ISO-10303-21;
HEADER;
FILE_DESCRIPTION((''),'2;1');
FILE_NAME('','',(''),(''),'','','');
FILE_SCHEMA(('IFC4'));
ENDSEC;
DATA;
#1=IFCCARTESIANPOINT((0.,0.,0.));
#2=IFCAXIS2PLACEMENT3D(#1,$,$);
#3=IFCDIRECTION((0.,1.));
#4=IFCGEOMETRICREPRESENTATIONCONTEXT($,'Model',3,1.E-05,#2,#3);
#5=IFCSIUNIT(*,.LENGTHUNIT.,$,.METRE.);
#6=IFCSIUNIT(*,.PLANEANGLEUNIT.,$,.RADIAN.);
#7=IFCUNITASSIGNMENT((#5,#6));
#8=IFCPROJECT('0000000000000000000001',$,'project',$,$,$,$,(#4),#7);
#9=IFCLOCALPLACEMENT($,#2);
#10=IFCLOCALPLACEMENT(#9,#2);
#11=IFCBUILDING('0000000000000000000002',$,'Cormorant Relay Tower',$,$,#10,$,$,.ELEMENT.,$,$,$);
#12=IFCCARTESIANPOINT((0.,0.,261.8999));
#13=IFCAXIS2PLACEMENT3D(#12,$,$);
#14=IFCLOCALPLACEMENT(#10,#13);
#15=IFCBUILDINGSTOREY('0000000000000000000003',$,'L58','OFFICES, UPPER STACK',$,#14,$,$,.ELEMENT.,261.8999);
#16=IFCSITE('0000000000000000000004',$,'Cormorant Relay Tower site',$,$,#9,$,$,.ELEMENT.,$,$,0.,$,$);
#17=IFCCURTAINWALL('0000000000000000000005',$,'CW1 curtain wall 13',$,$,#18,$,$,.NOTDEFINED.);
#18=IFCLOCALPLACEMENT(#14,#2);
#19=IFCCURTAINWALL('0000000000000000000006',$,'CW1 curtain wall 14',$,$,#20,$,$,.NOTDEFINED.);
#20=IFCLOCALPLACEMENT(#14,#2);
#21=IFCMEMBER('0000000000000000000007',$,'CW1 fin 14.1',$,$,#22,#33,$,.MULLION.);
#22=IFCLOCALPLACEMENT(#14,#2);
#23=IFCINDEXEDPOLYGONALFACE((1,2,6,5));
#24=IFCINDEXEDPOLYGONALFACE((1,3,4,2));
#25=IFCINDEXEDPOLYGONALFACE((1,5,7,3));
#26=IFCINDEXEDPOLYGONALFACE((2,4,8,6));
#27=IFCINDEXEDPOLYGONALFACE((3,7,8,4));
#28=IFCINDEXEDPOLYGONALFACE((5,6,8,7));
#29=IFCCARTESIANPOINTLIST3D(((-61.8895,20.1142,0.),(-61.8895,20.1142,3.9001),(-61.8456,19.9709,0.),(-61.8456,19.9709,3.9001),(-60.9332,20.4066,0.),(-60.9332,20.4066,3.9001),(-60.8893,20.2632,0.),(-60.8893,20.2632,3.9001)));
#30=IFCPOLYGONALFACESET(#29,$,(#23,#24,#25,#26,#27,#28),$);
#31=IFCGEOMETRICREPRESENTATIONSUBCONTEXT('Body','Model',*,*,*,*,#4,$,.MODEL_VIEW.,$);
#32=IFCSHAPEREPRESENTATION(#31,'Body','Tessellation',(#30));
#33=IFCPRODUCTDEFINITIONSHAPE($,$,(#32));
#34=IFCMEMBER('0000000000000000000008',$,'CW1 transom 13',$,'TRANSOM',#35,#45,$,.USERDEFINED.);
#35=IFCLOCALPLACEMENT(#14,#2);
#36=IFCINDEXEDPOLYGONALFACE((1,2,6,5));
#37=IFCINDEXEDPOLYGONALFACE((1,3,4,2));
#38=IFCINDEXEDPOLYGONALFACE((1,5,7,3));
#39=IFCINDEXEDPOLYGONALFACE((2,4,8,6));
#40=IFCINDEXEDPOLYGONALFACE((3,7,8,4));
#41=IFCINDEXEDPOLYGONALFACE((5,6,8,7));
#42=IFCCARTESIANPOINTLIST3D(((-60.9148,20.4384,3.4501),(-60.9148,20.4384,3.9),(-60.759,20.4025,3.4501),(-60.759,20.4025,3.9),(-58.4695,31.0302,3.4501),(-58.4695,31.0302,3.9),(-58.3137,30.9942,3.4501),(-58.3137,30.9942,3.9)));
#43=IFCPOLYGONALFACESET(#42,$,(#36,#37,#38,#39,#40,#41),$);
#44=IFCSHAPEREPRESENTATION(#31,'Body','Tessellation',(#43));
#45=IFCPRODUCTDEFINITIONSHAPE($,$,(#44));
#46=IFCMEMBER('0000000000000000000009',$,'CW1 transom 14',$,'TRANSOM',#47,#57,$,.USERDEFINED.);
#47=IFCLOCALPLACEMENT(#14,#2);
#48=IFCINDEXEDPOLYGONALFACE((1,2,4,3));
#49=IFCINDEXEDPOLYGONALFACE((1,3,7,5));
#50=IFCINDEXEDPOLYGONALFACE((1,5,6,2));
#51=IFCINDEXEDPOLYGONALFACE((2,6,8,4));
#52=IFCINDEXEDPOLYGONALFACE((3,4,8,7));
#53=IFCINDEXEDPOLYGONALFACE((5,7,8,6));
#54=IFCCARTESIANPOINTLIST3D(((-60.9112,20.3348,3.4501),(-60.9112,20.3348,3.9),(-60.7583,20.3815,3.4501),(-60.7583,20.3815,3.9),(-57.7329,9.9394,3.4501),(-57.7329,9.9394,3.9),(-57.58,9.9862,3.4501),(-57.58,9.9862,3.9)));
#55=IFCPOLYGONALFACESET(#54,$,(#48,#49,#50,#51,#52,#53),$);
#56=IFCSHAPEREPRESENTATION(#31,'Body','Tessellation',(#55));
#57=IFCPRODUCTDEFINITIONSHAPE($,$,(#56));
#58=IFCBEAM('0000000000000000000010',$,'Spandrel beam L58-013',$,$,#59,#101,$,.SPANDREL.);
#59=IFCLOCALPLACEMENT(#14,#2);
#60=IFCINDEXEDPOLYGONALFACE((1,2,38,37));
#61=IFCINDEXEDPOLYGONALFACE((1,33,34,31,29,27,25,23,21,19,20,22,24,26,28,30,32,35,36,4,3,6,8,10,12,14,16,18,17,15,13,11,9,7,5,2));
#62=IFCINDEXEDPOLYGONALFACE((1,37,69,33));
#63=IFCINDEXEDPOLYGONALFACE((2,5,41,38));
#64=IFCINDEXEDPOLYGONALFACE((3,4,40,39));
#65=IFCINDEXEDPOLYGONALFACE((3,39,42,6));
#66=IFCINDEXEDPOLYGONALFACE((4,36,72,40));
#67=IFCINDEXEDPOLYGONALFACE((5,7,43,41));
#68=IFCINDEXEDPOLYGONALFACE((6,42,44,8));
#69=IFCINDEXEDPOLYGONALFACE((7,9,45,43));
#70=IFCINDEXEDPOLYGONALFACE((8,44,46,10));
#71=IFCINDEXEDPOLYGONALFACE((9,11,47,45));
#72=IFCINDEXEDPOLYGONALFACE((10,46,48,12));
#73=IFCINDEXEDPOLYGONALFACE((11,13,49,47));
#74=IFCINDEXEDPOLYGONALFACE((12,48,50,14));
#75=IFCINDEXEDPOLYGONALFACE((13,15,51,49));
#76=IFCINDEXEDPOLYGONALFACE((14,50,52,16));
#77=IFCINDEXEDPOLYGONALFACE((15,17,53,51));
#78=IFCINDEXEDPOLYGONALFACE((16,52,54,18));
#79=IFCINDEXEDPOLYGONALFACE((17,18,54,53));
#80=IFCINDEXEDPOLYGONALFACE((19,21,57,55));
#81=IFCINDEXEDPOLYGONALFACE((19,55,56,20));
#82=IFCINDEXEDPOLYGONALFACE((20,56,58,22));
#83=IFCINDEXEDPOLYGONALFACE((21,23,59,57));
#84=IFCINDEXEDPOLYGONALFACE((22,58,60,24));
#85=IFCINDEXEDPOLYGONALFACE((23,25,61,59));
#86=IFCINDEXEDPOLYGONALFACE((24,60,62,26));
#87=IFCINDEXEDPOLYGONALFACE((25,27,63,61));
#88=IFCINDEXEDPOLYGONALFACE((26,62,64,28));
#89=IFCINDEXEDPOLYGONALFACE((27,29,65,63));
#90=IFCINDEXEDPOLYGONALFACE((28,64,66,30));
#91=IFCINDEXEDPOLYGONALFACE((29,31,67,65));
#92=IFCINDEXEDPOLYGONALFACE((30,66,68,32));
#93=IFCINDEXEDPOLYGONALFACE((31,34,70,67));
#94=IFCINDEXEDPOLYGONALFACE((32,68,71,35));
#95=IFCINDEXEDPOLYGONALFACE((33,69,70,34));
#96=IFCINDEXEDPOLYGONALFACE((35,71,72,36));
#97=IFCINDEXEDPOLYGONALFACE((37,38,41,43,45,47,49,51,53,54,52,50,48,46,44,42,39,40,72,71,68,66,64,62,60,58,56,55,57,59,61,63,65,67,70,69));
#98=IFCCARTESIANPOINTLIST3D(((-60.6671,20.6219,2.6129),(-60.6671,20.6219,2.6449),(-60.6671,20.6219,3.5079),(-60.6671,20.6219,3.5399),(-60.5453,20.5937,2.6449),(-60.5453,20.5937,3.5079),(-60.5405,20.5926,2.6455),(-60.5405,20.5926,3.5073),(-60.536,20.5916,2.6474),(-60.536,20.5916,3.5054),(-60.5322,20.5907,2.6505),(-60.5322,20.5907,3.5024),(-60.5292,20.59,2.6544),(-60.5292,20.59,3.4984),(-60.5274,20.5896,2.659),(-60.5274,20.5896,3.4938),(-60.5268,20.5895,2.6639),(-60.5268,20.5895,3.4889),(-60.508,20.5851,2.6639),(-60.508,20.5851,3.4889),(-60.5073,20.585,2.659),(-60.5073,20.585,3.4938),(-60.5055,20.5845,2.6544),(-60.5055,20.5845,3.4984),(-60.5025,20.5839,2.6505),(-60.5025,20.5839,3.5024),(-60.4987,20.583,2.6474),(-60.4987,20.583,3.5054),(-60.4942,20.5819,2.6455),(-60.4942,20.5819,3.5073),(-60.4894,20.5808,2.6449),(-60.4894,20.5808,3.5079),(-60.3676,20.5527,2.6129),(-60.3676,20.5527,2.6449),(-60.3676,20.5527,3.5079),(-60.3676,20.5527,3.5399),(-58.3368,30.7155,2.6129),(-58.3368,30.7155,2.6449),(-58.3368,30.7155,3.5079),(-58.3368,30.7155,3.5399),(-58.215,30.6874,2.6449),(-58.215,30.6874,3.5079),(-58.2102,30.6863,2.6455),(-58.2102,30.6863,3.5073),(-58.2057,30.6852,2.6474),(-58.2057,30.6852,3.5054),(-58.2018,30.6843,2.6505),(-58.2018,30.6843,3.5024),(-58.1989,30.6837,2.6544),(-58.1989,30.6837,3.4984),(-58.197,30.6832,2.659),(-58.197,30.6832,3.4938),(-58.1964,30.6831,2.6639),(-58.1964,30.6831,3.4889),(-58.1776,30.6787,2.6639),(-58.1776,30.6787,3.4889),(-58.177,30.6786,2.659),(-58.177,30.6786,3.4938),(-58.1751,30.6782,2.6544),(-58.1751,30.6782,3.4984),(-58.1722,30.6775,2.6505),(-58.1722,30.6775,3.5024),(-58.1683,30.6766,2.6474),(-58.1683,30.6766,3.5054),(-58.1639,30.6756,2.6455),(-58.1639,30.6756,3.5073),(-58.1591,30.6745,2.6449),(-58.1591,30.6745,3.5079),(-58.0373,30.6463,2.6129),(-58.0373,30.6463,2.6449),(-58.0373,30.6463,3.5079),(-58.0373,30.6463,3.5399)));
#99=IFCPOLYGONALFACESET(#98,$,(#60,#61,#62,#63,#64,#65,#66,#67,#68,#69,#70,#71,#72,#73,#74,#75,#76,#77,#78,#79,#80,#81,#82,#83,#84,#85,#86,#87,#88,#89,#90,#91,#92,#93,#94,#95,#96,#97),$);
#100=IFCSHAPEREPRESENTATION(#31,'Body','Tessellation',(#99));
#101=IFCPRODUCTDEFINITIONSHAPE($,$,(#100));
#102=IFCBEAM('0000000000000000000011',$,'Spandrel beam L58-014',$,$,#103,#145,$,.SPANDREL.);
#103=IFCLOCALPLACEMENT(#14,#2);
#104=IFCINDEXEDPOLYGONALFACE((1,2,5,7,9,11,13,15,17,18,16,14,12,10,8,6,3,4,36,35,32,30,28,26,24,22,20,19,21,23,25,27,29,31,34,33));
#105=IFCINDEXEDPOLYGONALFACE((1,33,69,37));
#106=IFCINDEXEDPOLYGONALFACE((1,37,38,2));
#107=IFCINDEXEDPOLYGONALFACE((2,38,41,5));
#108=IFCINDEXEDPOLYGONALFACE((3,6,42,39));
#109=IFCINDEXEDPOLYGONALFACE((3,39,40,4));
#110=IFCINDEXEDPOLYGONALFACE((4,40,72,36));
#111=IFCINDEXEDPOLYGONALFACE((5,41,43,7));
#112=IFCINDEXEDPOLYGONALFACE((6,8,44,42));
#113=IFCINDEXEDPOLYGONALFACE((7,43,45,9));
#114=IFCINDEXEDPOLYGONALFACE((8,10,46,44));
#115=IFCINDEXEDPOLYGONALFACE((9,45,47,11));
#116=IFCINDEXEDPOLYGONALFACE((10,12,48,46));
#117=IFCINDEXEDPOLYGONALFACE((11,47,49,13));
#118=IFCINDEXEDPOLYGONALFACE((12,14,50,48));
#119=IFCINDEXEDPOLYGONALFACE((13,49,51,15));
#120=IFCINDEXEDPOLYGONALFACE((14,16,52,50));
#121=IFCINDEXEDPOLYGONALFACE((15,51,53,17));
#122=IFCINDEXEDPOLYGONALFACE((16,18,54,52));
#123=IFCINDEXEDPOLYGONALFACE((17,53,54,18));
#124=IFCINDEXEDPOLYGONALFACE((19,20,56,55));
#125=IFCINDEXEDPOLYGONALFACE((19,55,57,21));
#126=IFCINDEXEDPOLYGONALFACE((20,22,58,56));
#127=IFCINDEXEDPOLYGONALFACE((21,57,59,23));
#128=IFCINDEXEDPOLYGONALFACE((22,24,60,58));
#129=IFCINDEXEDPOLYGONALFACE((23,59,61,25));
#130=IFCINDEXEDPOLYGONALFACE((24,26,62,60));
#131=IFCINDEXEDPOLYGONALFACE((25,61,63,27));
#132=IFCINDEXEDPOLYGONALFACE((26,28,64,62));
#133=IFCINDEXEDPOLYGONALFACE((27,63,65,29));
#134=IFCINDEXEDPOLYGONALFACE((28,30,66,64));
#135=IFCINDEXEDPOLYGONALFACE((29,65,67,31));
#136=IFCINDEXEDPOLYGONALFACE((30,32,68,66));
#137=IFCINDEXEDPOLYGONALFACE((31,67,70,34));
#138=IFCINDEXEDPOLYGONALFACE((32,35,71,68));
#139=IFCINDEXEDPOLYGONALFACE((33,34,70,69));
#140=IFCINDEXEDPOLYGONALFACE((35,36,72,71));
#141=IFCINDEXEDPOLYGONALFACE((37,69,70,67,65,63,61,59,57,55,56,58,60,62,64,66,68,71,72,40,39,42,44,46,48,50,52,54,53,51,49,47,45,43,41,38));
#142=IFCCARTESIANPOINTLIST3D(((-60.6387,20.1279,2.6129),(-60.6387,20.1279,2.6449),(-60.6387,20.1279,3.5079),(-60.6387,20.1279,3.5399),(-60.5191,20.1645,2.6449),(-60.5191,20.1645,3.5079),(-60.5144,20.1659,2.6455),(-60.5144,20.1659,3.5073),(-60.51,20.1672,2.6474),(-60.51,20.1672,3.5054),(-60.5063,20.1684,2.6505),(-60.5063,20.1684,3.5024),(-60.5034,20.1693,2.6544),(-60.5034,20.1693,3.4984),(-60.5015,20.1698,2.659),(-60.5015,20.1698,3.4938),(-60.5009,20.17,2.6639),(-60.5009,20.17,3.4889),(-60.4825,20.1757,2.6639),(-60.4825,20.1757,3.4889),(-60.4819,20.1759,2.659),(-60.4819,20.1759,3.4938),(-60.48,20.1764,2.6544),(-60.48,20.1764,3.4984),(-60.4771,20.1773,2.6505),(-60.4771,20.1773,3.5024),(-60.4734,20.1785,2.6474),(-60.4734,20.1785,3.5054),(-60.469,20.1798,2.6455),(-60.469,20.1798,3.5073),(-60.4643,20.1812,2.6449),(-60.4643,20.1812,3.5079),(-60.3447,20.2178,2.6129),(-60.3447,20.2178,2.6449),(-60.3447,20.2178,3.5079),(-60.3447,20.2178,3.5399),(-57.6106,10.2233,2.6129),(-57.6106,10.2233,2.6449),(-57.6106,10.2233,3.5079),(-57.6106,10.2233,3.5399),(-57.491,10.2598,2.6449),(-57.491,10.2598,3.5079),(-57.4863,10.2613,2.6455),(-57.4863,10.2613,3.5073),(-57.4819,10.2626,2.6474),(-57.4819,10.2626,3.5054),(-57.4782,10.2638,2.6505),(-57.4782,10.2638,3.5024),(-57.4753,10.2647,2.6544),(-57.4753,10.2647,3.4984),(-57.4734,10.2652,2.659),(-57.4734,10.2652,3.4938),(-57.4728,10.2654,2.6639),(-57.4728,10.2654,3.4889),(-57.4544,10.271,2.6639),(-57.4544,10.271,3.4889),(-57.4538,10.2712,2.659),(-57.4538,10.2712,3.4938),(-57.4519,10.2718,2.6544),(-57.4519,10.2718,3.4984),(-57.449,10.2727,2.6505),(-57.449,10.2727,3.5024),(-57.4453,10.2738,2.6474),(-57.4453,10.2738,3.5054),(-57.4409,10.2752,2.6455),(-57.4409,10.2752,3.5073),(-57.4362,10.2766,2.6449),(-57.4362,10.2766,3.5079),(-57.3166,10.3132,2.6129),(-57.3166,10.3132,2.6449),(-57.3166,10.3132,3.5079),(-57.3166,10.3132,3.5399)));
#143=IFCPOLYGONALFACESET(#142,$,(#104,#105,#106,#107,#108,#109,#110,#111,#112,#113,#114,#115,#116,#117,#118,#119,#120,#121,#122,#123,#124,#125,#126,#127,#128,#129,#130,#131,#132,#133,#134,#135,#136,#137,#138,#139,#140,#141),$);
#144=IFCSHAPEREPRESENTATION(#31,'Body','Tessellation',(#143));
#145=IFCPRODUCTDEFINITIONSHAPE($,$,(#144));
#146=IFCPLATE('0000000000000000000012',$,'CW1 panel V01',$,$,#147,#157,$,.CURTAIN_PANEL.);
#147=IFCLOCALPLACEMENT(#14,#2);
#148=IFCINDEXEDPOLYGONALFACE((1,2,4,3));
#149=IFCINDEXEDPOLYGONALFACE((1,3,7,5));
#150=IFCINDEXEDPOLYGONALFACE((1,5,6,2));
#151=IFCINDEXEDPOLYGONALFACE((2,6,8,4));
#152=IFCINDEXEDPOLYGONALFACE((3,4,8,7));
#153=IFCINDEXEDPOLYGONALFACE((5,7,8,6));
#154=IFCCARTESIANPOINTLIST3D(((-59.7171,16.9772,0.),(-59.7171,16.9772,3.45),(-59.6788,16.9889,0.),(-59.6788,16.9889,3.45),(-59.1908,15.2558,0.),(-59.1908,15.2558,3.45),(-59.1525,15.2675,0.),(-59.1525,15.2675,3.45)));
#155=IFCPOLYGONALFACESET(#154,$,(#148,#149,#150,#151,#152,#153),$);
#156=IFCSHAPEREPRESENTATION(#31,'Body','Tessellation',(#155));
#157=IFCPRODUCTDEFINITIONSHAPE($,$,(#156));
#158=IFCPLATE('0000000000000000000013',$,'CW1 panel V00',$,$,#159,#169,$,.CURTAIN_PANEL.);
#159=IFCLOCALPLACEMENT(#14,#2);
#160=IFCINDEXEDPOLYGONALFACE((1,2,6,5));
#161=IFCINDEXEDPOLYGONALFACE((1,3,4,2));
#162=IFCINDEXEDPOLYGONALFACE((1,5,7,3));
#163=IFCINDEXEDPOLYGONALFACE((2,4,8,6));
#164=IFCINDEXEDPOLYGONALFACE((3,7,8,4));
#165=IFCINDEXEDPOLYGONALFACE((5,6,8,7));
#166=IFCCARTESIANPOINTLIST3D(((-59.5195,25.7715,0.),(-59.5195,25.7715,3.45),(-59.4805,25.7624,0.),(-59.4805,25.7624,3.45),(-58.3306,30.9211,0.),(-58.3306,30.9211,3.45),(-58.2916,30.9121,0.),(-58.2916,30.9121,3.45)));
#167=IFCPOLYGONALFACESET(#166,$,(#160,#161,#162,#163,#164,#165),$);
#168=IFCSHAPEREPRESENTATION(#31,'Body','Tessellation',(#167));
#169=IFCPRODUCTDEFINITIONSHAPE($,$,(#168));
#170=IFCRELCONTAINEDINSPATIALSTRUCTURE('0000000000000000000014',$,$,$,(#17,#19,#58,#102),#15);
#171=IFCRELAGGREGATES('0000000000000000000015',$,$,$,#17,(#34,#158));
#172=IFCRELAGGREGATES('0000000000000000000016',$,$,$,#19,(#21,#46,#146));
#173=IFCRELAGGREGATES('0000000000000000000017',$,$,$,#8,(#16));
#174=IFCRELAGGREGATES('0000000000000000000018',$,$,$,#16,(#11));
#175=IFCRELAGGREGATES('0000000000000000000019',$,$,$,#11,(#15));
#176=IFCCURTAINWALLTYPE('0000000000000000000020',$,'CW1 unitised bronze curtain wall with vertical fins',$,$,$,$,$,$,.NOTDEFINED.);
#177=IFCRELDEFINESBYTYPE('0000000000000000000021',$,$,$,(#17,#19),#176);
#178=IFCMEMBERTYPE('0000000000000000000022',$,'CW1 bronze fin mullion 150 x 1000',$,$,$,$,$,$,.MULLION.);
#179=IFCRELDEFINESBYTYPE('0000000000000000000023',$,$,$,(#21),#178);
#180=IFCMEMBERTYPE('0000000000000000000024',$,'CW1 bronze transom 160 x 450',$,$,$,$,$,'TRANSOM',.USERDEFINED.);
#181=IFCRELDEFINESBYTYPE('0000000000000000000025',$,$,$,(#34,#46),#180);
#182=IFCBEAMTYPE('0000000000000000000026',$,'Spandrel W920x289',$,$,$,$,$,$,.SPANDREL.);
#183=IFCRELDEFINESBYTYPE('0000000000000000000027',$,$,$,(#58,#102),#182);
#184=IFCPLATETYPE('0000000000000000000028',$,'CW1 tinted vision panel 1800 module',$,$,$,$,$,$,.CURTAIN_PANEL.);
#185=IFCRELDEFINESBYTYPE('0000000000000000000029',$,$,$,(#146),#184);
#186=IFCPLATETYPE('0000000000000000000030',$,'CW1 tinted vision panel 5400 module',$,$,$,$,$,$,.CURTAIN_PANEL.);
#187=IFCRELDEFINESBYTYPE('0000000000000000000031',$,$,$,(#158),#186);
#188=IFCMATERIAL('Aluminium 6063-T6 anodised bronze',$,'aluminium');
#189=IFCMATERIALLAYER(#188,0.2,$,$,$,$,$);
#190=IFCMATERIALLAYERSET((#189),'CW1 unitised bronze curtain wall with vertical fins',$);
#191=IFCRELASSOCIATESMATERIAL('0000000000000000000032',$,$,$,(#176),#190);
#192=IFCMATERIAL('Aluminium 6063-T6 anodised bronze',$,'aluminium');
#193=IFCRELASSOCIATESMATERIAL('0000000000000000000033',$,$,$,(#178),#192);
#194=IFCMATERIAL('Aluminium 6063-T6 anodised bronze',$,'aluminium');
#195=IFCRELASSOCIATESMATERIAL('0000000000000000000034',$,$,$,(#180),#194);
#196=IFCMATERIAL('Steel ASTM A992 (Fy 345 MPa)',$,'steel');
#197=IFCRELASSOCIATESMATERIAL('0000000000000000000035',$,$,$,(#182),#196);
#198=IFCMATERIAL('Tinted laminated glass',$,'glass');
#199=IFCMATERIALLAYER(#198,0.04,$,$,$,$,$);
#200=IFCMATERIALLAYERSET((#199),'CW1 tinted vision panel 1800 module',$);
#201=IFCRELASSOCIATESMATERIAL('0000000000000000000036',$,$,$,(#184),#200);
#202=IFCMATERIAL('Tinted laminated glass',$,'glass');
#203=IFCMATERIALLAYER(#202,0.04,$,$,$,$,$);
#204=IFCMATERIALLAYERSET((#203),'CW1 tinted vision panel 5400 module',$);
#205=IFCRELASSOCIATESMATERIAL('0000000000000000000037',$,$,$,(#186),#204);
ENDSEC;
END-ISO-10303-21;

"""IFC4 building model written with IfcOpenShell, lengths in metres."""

from ifc_helpers import new_model, si_unit, direction, frame, origin, origin_2d, place, context, subcontext, project, spatial, rectangle, i_section, extrude, material, layer, layer_set, material_profile, profile_set, type_object, element, aggregate, save


model = new_model("IFC4")

# Units and contexts
model_context = context("Model", 3, precision=1e-05, world=origin(), true_north=direction((0.0, 1.0)))
body_context = subcontext(model_context, "Body", "Model", "MODEL_VIEW")
ifc_project = project(units=[si_unit("LENGTHUNIT", "METRE"), si_unit("PLANEANGLEUNIT", "RADIAN")], contexts=[model_context])

# Site, building, storey
site_placement = place(None, origin())
site = spatial("IfcSite", under=ifc_project, at=site_placement, Name="Cormorant Relay Tower site", CompositionType="ELEMENT", RefElevation=0.0)
building_placement = place(site_placement, origin())
building = spatial("IfcBuilding", under=site, at=building_placement, Name="Cormorant Relay Tower", CompositionType="ELEMENT")
storey_placement = place(building_placement, frame((0.0, 0.0, 261.8999)))
storey = spatial("IfcBuildingStorey", under=building, at=storey_placement, Name="L58", Description="OFFICES, UPPER STACK", CompositionType="ELEMENT", Elevation=261.8999)

# Curtain walls, member
ifc_material_1 = material(Name="Aluminium 6063-T6 anodised bronze", Category="aluminium")
ifc_layer_1 = layer(ifc_material_1, 0.2)
ifc_layer_set_1 = layer_set([ifc_layer_1], Name="CW1 unitised bronze curtain wall with vertical fins")
curtain_wall_type = type_object("IfcCurtainWallType", Name="CW1 unitised bronze curtain wall with vertical fins", PredefinedType="NOTDEFINED", material=ifc_layer_set_1)
curtain_wall_1_placement = place(storey_placement, origin())
curtain_wall_1 = element("IfcCurtainWall", 1, at=curtain_wall_1_placement, inside=storey, type_object=curtain_wall_type, Name="CW1 curtain wall 13", PredefinedType="NOTDEFINED")
ifc_material_2 = material(Name="Aluminium 6063-T6 anodised bronze", Category="aluminium")
ifc_material_profile_1 = material_profile(ifc_material_2, rectangle(XDim=0.1499, YDim=1.0, at=origin_2d()), Name="AL 150x1000")
ifc_profile_set_1 = profile_set([ifc_material_profile_1], Name="Aluminium 6063-T6 anodised bronze")
member_type_1 = type_object("IfcMemberType", Name="CW1 bronze fin mullion 150 x 1000", PredefinedType="MULLION", material=ifc_profile_set_1)
curtain_wall_2_placement = place(storey_placement, origin())
curtain_wall_2 = element("IfcCurtainWall", 2, at=curtain_wall_2_placement, inside=storey, type_object=curtain_wall_type, Name="CW1 curtain wall 14", PredefinedType="NOTDEFINED")
member_1_placement = place(storey_placement, frame((-61.3894, 20.1887, 0.0), z_axis=(0.0, 0.0, 1.0), x_axis=(0.292372, -0.956305, 0.0)))
member_1 = element("IfcMember", 3, at=member_1_placement, type_object=member_type_1, Name="CW1 fin 14.1", PredefinedType="MULLION", context=body_context, shape_type="SweptSolid", body=[
    extrude(rectangle(XDim=0.1499, YDim=1.0, at=origin_2d()), origin(), (0.0, 0.0, 1.0), 3.9001),
])

# Members
ifc_material_3 = material(Name="Aluminium 6063-T6 anodised bronze", Category="aluminium")
ifc_material_profile_2 = material_profile(ifc_material_3, rectangle(XDim=0.1599, YDim=0.45, at=origin_2d()), Name="AL 160x450")
ifc_profile_set_2 = profile_set([ifc_material_profile_2], Name="Aluminium 6063-T6 anodised bronze")
member_type_2 = type_object("IfcMemberType", Name="CW1 bronze transom 160 x 450", ElementType="TRANSOM", PredefinedType="USERDEFINED", material=ifc_profile_set_2)
member_2_placement = place(storey_placement, frame((-58.3916, 31.0122, 3.675), z_axis=(-0.224951, -0.97437, 0.0), x_axis=(0.97437, -0.224951, 0.0)))
member_2 = element("IfcMember", 4, at=member_2_placement, type_object=member_type_2, Name="CW1 transom 13", ObjectType="TRANSOM", PredefinedType="USERDEFINED", context=body_context, shape_type="SweptSolid", body=[
    extrude(rectangle(XDim=0.1599, YDim=0.45, at=origin_2d()), origin(), (0.0, 0.0, 1.0), 10.8704),
])
member_3_placement = place(storey_placement, frame((-60.8347, 20.3582, 3.675), z_axis=(0.292378, -0.956303, 0.0), x_axis=(0.956303, 0.292378, 0.0)))
member_3 = element("IfcMember", 5, at=member_3_placement, type_object=member_type_2, Name="CW1 transom 14", ObjectType="TRANSOM", PredefinedType="USERDEFINED", context=body_context, shape_type="SweptSolid", body=[
    extrude(rectangle(XDim=0.1599, YDim=0.45, at=origin_2d()), origin(), (0.0, 0.0, 1.0), 10.8704),
])

# Beams
ifc_material_4 = material(Name="Steel ASTM A992 (Fy 345 MPa)", Category="steel")
ifc_material_profile_3 = material_profile(ifc_material_4, i_section(OverallWidth=0.3074, OverallDepth=0.927, WebThickness=0.0193, FlangeThickness=0.032, FilletRadius=0.019, at=origin_2d()), Name="W920x289")
ifc_profile_set_3 = profile_set([ifc_material_profile_3], Name="Steel ASTM A992 (Fy 345 MPa)")
beam_type = type_object("IfcBeamType", Name="Spandrel W920x289", PredefinedType="SPANDREL", material=ifc_profile_set_3)
beam_1_placement = place(storey_placement, frame((-58.187, 30.6809, 3.0764), z_axis=(-0.224956, -0.974369, 0.0), x_axis=(0.974369, -0.224956, 0.0)))
element("IfcBeam", 6, at=beam_1_placement, inside=storey, type_object=beam_type, Name="Spandrel beam L58-013", PredefinedType="SPANDREL", context=body_context, shape_type="SweptSolid", body=[
    extrude(i_section(OverallWidth=0.3074, OverallDepth=0.927, WebThickness=0.0193, FlangeThickness=0.032, FilletRadius=0.019, at=origin_2d()), origin(), (0.0, 0.0, 1.0), 10.3591),
])
beam_2_placement = place(storey_placement, frame((-60.4917, 20.1729, 3.0764), z_axis=(0.292368, -0.956306, 0.0), x_axis=(0.956306, 0.292368, 0.0)))
element("IfcBeam", 7, at=beam_2_placement, inside=storey, type_object=beam_type, Name="Spandrel beam L58-014", PredefinedType="SPANDREL", context=body_context, shape_type="SweptSolid", body=[
    extrude(i_section(OverallWidth=0.3074, OverallDepth=0.927, WebThickness=0.0193, FlangeThickness=0.032, FilletRadius=0.019, at=origin_2d()), origin(), (0.0, 0.0, 1.0), 10.3572),
])

# Plates
ifc_material_5 = material(Name="Tinted laminated glass", Category="glass")
ifc_layer_2 = layer(ifc_material_5, 0.04)
ifc_layer_set_2 = layer_set([ifc_layer_2], Name="CW1 tinted vision panel 1800 module")
plate_type_1 = type_object("IfcPlateType", Name="CW1 tinted vision panel 1800 module", PredefinedType="CURTAIN_PANEL", material=ifc_layer_set_2)
plate_1_placement = place(storey_placement, frame((-59.4348, 16.1223, 0.0), z_axis=(0.0, 0.0, 1.0), x_axis=(0.292372, -0.956305, 0.0)))
plate_1 = element("IfcPlate", 8, at=plate_1_placement, type_object=plate_type_1, Name="CW1 panel V01", PredefinedType="CURTAIN_PANEL", context=body_context, shape_type="SweptSolid", body=[
    extrude(rectangle(XDim=1.8, YDim=0.04, at=origin_2d()), origin(), (0.0, 0.0, 1.0), 3.45),
])
ifc_material_6 = material(Name="Tinted laminated glass", Category="glass")
ifc_layer_3 = layer(ifc_material_6, 0.04)
ifc_layer_set_3 = layer_set([ifc_layer_3], Name="CW1 tinted vision panel 5400 module")
plate_type_2 = type_object("IfcPlateType", Name="CW1 tinted vision panel 5400 module", PredefinedType="CURTAIN_PANEL", material=ifc_layer_set_3)
plate_2_placement = place(storey_placement, frame((-58.9055, 28.3418, 0.0), z_axis=(0.0, 0.0, 1.0), x_axis=(-0.224951, -0.97437, 0.0)))
plate_2 = element("IfcPlate", 9, at=plate_2_placement, type_object=plate_type_2, Name="CW1 panel V00", PredefinedType="CURTAIN_PANEL", context=body_context, shape_type="SweptSolid", body=[
    extrude(rectangle(XDim=5.2852, YDim=0.04, at=origin_2d()), origin(), (0.0, 0.0, 1.0), 3.45),
])

aggregate(curtain_wall_1, [member_2, plate_2])
aggregate(curtain_wall_2, [member_1, member_3, plate_1])

save(model, "model.ifc")
